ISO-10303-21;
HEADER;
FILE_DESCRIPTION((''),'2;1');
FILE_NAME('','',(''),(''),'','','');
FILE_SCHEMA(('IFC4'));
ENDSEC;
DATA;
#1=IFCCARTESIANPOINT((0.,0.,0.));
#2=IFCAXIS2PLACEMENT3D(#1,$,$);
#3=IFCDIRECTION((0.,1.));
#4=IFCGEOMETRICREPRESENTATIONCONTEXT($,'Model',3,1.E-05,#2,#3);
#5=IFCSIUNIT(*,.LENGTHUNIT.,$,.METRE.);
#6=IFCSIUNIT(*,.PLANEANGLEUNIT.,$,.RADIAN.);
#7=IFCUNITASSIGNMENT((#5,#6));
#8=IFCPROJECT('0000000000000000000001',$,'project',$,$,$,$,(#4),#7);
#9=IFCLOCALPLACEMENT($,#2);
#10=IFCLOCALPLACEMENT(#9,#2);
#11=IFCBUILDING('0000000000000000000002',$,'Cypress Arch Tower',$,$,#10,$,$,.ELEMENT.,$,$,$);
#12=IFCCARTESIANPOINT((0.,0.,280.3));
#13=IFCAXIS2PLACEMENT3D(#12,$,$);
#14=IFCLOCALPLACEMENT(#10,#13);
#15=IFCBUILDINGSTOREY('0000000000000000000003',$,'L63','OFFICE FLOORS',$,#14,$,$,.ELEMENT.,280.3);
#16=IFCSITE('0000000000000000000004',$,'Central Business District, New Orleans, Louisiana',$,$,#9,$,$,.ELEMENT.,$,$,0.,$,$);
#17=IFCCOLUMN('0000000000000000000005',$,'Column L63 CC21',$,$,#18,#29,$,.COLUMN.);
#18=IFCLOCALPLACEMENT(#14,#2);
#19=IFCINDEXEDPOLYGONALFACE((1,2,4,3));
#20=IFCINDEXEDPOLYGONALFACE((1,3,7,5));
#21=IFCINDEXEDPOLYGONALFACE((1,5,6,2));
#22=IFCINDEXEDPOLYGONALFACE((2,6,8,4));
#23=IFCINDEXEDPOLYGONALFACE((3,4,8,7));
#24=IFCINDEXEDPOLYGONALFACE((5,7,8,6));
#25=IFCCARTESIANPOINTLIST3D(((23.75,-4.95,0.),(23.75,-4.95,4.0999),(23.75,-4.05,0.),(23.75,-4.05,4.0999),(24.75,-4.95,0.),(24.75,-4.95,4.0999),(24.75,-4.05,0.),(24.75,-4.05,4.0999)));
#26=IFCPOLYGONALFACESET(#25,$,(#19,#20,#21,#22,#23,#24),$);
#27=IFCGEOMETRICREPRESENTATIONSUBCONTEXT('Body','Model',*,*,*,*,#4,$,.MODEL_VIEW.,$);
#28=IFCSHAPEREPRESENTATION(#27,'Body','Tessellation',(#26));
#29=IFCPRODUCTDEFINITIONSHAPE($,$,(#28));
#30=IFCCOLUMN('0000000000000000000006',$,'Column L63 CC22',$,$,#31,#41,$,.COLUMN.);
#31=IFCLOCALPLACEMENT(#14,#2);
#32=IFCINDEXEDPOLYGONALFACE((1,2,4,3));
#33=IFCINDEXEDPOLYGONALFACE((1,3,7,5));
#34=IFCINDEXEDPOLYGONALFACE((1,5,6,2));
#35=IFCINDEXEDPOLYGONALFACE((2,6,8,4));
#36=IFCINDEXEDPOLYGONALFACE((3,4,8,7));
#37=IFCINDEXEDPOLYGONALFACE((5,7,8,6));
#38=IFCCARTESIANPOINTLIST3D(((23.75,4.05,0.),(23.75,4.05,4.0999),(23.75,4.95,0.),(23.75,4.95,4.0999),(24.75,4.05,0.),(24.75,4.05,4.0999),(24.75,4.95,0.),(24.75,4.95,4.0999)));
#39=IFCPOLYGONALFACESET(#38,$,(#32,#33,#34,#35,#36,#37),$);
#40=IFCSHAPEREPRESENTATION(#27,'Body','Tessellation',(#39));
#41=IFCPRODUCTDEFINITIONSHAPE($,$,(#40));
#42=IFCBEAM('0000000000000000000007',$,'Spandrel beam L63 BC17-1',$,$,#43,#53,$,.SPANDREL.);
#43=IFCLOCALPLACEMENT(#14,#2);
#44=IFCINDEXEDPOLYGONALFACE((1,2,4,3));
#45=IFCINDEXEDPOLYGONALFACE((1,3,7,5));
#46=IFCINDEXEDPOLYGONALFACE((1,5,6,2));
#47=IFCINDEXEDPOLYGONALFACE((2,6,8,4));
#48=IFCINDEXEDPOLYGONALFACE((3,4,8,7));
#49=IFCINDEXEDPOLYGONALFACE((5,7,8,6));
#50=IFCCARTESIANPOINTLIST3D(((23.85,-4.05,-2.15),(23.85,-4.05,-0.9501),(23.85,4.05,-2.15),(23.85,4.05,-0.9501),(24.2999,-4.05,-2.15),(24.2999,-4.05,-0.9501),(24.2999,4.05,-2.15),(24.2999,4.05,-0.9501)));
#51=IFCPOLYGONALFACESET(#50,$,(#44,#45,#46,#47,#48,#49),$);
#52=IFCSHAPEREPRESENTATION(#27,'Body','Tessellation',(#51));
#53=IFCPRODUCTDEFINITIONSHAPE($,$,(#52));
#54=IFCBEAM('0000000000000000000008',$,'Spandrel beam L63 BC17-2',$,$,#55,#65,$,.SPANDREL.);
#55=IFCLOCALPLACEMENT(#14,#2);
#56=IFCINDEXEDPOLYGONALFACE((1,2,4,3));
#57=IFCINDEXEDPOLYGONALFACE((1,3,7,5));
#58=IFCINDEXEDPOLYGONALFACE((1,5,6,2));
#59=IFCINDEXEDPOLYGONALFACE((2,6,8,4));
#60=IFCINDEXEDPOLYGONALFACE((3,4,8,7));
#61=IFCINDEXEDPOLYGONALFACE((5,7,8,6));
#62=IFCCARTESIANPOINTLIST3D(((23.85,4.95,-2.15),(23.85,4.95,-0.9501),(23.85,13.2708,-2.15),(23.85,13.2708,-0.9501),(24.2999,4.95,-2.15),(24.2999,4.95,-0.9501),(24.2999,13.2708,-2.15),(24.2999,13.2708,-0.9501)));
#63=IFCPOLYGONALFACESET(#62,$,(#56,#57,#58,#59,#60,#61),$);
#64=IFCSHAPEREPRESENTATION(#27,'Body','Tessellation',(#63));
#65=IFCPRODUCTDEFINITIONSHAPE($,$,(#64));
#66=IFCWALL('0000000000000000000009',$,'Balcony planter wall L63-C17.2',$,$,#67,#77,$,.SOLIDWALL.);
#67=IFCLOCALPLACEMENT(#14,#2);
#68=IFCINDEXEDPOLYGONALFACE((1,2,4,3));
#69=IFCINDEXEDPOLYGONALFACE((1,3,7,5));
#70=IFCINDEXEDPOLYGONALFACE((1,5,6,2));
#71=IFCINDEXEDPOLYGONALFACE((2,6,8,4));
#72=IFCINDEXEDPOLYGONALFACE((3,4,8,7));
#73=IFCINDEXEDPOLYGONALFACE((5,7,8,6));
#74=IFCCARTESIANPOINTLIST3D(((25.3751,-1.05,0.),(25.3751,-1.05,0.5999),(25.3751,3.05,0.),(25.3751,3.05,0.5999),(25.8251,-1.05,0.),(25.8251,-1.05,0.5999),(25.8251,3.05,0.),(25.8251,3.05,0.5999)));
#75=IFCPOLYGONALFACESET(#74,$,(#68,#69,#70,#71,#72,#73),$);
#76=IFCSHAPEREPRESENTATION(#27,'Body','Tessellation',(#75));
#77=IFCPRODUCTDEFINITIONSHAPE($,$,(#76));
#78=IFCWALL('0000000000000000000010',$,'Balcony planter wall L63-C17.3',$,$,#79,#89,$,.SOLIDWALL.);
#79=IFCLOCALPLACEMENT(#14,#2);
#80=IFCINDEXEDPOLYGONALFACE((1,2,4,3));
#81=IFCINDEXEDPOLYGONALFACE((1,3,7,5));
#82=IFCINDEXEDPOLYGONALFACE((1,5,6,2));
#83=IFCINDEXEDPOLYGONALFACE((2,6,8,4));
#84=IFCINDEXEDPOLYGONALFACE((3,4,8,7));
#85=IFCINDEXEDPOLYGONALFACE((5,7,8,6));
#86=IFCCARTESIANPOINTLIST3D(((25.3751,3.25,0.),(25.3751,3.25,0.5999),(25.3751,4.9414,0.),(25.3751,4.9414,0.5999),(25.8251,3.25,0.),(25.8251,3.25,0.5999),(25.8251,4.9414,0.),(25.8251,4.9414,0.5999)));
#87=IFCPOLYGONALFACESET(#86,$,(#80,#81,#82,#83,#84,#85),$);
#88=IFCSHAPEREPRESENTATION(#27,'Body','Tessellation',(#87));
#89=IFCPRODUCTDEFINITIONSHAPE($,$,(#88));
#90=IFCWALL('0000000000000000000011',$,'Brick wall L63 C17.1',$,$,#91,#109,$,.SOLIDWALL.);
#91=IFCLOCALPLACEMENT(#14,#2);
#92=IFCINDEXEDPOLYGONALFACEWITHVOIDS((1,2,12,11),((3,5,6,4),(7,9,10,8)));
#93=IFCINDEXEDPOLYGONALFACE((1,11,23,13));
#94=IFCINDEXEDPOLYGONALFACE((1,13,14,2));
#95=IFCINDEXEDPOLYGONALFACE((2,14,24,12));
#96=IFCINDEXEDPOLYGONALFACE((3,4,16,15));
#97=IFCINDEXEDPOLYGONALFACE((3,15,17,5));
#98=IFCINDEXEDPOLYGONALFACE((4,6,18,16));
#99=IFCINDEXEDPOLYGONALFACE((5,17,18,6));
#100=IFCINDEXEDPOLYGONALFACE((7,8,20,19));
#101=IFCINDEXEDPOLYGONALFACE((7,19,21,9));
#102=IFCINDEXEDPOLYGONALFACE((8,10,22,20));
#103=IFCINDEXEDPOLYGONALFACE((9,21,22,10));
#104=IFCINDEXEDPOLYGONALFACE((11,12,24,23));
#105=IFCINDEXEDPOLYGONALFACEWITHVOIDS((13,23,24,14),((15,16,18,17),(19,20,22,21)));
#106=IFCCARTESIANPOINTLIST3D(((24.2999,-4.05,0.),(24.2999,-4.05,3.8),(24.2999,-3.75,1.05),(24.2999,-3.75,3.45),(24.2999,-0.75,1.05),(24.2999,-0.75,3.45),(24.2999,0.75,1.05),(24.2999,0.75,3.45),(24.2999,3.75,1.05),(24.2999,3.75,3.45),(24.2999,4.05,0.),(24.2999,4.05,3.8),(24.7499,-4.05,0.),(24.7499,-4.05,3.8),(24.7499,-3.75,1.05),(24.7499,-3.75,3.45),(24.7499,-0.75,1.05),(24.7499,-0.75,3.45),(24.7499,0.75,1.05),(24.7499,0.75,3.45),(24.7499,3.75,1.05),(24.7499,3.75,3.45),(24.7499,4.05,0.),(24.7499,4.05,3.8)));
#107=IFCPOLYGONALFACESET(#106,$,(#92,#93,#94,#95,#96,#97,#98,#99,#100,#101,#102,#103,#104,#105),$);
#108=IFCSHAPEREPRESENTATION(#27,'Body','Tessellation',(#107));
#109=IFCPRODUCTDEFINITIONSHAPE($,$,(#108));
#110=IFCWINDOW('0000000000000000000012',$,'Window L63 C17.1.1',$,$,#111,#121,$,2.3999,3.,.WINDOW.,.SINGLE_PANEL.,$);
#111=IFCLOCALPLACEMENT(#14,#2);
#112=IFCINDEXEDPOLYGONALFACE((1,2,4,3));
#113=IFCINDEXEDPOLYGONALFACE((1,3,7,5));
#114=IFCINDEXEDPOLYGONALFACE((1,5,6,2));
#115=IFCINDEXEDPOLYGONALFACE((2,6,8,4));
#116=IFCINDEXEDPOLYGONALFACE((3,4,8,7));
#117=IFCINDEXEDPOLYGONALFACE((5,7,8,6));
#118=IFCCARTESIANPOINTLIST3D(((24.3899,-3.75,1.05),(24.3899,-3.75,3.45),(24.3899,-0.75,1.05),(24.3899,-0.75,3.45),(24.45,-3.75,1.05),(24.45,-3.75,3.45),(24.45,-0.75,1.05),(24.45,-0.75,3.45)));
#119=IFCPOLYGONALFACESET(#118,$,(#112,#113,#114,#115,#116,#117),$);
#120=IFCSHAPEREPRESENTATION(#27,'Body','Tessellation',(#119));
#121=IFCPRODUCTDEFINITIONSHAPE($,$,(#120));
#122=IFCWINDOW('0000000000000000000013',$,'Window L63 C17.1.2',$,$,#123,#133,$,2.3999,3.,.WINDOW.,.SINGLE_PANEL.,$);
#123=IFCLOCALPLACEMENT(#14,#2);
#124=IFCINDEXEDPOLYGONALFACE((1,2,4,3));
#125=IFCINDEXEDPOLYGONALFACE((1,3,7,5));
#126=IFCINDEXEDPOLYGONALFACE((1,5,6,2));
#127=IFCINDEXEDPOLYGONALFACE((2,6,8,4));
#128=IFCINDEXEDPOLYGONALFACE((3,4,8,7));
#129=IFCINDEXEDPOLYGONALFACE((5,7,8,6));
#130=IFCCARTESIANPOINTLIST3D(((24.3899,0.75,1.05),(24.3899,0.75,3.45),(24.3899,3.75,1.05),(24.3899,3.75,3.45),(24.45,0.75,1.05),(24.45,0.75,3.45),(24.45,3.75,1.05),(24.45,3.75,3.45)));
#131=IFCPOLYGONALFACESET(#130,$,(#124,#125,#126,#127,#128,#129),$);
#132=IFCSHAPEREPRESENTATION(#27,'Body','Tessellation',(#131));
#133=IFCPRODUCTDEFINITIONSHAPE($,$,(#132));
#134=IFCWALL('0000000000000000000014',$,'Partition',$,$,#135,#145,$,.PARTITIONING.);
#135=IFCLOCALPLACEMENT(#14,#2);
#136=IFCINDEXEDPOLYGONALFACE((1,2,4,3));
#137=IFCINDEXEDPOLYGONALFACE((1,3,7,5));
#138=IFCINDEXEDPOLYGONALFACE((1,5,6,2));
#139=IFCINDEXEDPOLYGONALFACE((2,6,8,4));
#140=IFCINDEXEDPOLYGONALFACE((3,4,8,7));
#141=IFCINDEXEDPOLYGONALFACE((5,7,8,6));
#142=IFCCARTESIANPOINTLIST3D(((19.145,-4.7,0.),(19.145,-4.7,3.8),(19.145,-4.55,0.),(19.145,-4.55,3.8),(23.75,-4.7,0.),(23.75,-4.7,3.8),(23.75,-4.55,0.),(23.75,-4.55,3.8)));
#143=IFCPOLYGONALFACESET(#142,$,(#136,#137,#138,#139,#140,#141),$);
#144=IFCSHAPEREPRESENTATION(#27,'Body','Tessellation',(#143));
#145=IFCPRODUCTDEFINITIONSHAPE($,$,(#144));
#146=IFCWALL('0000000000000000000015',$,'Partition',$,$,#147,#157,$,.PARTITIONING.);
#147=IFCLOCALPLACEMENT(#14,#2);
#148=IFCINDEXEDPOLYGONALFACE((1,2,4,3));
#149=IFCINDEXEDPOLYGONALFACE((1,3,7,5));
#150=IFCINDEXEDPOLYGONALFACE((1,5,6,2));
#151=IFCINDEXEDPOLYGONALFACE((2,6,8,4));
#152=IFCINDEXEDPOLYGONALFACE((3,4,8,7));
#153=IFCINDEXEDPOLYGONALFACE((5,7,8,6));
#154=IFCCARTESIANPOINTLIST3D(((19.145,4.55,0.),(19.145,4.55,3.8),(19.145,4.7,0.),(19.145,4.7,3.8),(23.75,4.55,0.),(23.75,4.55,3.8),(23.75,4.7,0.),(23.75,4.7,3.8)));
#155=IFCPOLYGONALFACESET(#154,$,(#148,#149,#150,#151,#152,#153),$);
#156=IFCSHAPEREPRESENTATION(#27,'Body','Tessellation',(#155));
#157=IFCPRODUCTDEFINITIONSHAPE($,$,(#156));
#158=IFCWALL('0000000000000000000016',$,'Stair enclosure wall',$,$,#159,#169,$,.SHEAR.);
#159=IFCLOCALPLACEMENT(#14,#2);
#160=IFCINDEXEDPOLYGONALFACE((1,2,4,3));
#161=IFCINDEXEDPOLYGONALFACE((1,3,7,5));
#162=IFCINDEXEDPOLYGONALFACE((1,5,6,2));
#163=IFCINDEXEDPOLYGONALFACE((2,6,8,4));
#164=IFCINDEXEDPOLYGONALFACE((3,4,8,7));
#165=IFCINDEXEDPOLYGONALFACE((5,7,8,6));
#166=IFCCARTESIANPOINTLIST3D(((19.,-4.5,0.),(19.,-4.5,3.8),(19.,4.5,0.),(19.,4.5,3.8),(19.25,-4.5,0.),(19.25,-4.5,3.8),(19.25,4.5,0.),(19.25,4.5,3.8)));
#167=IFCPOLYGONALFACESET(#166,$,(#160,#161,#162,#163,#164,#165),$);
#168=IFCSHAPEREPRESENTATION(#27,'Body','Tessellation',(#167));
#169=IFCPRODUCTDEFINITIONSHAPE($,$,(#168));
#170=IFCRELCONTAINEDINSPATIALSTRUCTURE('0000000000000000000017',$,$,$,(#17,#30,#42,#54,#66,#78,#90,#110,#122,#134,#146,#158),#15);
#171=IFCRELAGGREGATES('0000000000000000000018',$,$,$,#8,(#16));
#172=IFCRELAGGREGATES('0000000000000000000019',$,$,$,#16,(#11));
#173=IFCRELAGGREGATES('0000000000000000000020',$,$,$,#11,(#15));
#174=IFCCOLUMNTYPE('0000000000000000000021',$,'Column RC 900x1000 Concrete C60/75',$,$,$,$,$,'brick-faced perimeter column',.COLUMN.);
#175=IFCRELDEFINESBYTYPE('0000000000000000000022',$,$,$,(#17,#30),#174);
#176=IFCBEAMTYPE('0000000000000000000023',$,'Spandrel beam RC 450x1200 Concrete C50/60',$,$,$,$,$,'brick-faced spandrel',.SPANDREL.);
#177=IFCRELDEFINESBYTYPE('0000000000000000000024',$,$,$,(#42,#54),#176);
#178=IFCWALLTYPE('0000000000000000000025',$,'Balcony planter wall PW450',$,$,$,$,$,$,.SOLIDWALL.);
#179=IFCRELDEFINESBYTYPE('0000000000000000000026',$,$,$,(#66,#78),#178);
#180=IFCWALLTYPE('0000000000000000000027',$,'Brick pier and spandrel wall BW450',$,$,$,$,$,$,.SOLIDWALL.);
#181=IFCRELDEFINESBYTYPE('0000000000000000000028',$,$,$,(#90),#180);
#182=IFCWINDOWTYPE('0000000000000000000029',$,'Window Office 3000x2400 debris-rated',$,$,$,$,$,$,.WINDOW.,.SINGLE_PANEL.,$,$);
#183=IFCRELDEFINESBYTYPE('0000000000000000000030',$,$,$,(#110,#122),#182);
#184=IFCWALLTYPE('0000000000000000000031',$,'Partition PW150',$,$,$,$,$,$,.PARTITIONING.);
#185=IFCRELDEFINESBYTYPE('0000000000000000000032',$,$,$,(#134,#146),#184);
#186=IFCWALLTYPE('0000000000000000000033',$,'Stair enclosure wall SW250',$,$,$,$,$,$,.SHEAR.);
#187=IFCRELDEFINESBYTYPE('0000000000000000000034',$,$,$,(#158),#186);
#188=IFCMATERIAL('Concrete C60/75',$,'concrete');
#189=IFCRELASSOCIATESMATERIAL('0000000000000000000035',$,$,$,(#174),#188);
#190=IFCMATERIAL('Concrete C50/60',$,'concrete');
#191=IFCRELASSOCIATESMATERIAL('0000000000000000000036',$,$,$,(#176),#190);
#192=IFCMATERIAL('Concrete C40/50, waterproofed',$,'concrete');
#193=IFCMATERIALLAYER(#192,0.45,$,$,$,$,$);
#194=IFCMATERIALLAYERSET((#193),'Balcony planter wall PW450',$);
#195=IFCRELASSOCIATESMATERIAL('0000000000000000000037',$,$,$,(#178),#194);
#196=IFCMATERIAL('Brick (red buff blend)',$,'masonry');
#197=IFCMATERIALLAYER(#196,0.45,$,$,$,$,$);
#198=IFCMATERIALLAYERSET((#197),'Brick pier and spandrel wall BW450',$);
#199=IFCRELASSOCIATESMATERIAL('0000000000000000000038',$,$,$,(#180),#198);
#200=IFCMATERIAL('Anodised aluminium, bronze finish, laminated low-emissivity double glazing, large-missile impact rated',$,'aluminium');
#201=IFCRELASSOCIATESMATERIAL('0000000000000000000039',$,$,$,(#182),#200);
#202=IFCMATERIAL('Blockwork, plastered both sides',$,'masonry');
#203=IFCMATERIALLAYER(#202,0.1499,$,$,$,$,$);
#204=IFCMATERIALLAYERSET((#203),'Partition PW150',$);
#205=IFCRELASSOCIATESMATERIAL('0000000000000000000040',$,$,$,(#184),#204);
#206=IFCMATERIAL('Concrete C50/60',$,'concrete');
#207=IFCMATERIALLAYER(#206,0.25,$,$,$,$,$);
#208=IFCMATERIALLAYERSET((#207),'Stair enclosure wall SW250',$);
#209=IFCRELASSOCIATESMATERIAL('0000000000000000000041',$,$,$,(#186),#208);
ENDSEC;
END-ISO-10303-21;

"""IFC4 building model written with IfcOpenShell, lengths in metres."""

from ifc_helpers import new_model, si_unit, direction, frame, frame_2d, origin, origin_2d, place, context, subcontext, project, spatial, rectangle, extrude, material, layer, layer_set, material_profile, profile_set, type_object, element, fill, save


model = new_model("IFC4")

# Units and contexts
model_context = context("Model", 3, precision=1e-05, world=origin(), true_north=direction((0.0, 1.0)))
body_context = subcontext(model_context, "Body", "Model", "MODEL_VIEW")
ifc_project = project(units=[si_unit("LENGTHUNIT", "METRE"), si_unit("PLANEANGLEUNIT", "RADIAN")], contexts=[model_context])

# Site, building, storey
site_placement = place(None, origin())
site = spatial("IfcSite", under=ifc_project, at=site_placement, Name="Central Business District, New Orleans, Louisiana", CompositionType="ELEMENT", RefElevation=0.0)
building_placement = place(site_placement, origin())
building = spatial("IfcBuilding", under=site, at=building_placement, Name="Cypress Arch Tower", CompositionType="ELEMENT")
storey_placement = place(building_placement, frame((0.0, 0.0, 280.3)))
storey = spatial("IfcBuildingStorey", under=building, at=storey_placement, Name="L63", Description="OFFICE FLOORS", CompositionType="ELEMENT", Elevation=280.3)

# Columns
ifc_material_1 = material(Name="Concrete C60/75", Category="concrete")
ifc_material_profile_1 = material_profile(ifc_material_1, rectangle(XDim=0.8999, YDim=1.0, at=origin_2d()), Name="RC 900x1000")
ifc_profile_set_1 = profile_set([ifc_material_profile_1], Name="Concrete C60/75")
column_type = type_object("IfcColumnType", Name="Column RC 900x1000 Concrete C60/75", ElementType="brick-faced perimeter column", PredefinedType="COLUMN", material=ifc_profile_set_1)
for number, where, z_axis, x_axis, name in (
    (1, (24.25, -4.5, 0.0), (0.0, 0.0, 1.0), (0.0, 1.0, 0.0), "Column L63 CC21"),
    (2, (24.25, 4.5, 0.0), (0.0, 0.0, 1.0), (0.0, 1.0, 0.0), "Column L63 CC22"),
):
    element("IfcColumn", number, at=place(storey_placement, frame(where, z_axis=z_axis, x_axis=x_axis)), inside=storey, type_object=column_type, Name=name, PredefinedType="COLUMN", context=body_context, shape_type="SweptSolid", body=[
        extrude(rectangle(XDim=0.8999, YDim=1.0, at=origin_2d()), origin(), (0.0, 0.0, 1.0), 4.0999),
    ])

# Beams
ifc_material_2 = material(Name="Concrete C50/60", Category="concrete")
ifc_material_profile_2 = material_profile(ifc_material_2, rectangle(XDim=0.45, YDim=1.2, at=origin_2d()), Name="RC 450x1200")
ifc_profile_set_2 = profile_set([ifc_material_profile_2], Name="Concrete C50/60")
beam_type = type_object("IfcBeamType", Name="Spandrel beam RC 450x1200 Concrete C50/60", ElementType="brick-faced spandrel", PredefinedType="SPANDREL", material=ifc_profile_set_2)
beam_1_placement = place(storey_placement, frame((24.075, -4.05, -1.55), z_axis=(0.0, 1.0, 0.0), x_axis=(-1.0, 0.0, 0.0)))
element("IfcBeam", 3, at=beam_1_placement, inside=storey, type_object=beam_type, Name="Spandrel beam L63 BC17-1", PredefinedType="SPANDREL", context=body_context, shape_type="SweptSolid", body=[
    extrude(rectangle(XDim=0.45, YDim=1.2, at=origin_2d()), origin(), (0.0, 0.0, 1.0), 8.1001),
])
beam_2_placement = place(storey_placement, frame((24.075, 4.95, -1.55), z_axis=(0.0, 1.0, 0.0), x_axis=(-1.0, 0.0, 0.0)))
element("IfcBeam", 4, at=beam_2_placement, inside=storey, type_object=beam_type, Name="Spandrel beam L63 BC17-2", PredefinedType="SPANDREL", context=body_context, shape_type="SweptSolid", body=[
    extrude(rectangle(XDim=0.45, YDim=1.2, at=origin_2d()), origin(), (0.0, 0.0, 1.0), 8.3208),
])

# Walls
ifc_material_3 = material(Name="Concrete C40/50, waterproofed", Category="concrete")
ifc_layer_1 = layer(ifc_material_3, 0.45)
ifc_layer_set_1 = layer_set([ifc_layer_1], Name="Balcony planter wall PW450")
wall_type_1 = type_object("IfcWallType", Name="Balcony planter wall PW450", PredefinedType="SOLIDWALL", material=ifc_layer_set_1)
wall_1_placement = place(storey_placement, frame((25.6001, -1.05, 0.0), z_axis=(0.0, 0.0, 1.0), x_axis=(0.0, 1.0, 0.0)))
element("IfcWall", 5, at=wall_1_placement, inside=storey, type_object=wall_type_1, Name="Balcony planter wall L63-C17.2", PredefinedType="SOLIDWALL", context=body_context, shape_type="SweptSolid", body=[
    extrude(rectangle(XDim=4.1001, YDim=0.45, at=frame_2d((2.05, 0.0))), origin(), (0.0, 0.0, 1.0), 0.5999),
])
wall_2_placement = place(storey_placement, frame((25.6001, 3.25, 0.0), z_axis=(0.0, 0.0, 1.0), x_axis=(0.0, 1.0, 0.0)))
element("IfcWall", 6, at=wall_2_placement, inside=storey, type_object=wall_type_1, Name="Balcony planter wall L63-C17.3", PredefinedType="SOLIDWALL", context=body_context, shape_type="SweptSolid", body=[
    extrude(rectangle(XDim=1.6914, YDim=0.45, at=frame_2d((0.8457, 0.0))), origin(), (0.0, 0.0, 1.0), 0.5999),
])

# Wall, openings, windows
ifc_material_4 = material(Name="Brick (red buff blend)", Category="masonry")
ifc_layer_2 = layer(ifc_material_4, 0.45)
ifc_layer_set_2 = layer_set([ifc_layer_2], Name="Brick pier and spandrel wall BW450")
wall_type_2 = type_object("IfcWallType", Name="Brick pier and spandrel wall BW450", PredefinedType="SOLIDWALL", material=ifc_layer_set_2)
wall_3_placement = place(storey_placement, frame((24.5249, -4.05, 0.0), z_axis=(0.0, 0.0, 1.0), x_axis=(0.0, 1.0, 0.0)))
wall_3 = element("IfcWall", 7, at=wall_3_placement, inside=storey, type_object=wall_type_2, Name="Brick wall L63 C17.1", PredefinedType="SOLIDWALL", context=body_context, shape_type="SweptSolid", body=[
    extrude(rectangle(XDim=8.1001, YDim=0.45, at=frame_2d((4.05, 0.0))), origin(), (0.0, 0.0, 1.0), 3.8),
])
opening_1_placement = place(wall_3_placement, frame((0.3, 0.0, 1.05)))
opening_1 = element("IfcOpeningElement", 8, at=opening_1_placement, cuts=wall_3, PredefinedType="OPENING", context=body_context, shape_type="SweptSolid", body=[
    extrude(rectangle(XDim=3.0, YDim=2.3999, at=frame_2d((1.5, 1.2))), frame((0.0, 0.2349, 0.0), z_axis=(0.0, -1.0, 0.0), x_axis=(1.0, 0.0, 0.0)), (0.0, 0.0, 1.0), 0.47),
])
opening_2_placement = place(wall_3_placement, frame((4.8, 0.0, 1.05)))
opening_2 = element("IfcOpeningElement", 9, at=opening_2_placement, cuts=wall_3, PredefinedType="OPENING", context=body_context, shape_type="SweptSolid", body=[
    extrude(rectangle(XDim=3.0, YDim=2.3999, at=frame_2d((1.5, 1.2))), frame((0.0, 0.2349, 0.0), z_axis=(0.0, -1.0, 0.0), x_axis=(1.0, 0.0, 0.0)), (0.0, 0.0, 1.0), 0.47),
])
ifc_material_5 = material(Name="Anodised aluminium, bronze finish, laminated low-emissivity double glazing, large-missile impact rated", Category="aluminium")
window_type = type_object("IfcWindowType", Name="Window Office 3000x2400 debris-rated", PartitioningType="SINGLE_PANEL", PredefinedType="WINDOW", material=ifc_material_5)
window_1_placement = place(opening_1_placement, origin())
window_1 = element("IfcWindow", 10, at=window_1_placement, inside=storey, type_object=window_type, Name="Window L63 C17.1.1", OverallHeight=2.3999, OverallWidth=3.0, PartitioningType="SINGLE_PANEL", PredefinedType="WINDOW", context=body_context, shape_type="SweptSolid", body=[
    extrude(rectangle(XDim=3.0, YDim=2.3999, at=frame_2d((1.5, 1.2))), frame((0.0, 0.135, 0.0), z_axis=(0.0, -1.0, 0.0), x_axis=(1.0, 0.0, 0.0)), (0.0, 0.0, 1.0), 0.0601),
])
fill(opening_1, window_1)
window_2_placement = place(opening_2_placement, origin())
window_2 = element("IfcWindow", 11, at=window_2_placement, inside=storey, type_object=window_type, Name="Window L63 C17.1.2", OverallHeight=2.3999, OverallWidth=3.0, PartitioningType="SINGLE_PANEL", PredefinedType="WINDOW", context=body_context, shape_type="SweptSolid", body=[
    extrude(rectangle(XDim=3.0, YDim=2.3999, at=frame_2d((1.5, 1.2))), frame((0.0, 0.135, 0.0), z_axis=(0.0, -1.0, 0.0), x_axis=(1.0, 0.0, 0.0)), (0.0, 0.0, 1.0), 0.0601),
])
fill(opening_2, window_2)

# Walls
ifc_material_6 = material(Name="Blockwork, plastered both sides", Category="masonry")
ifc_layer_3 = layer(ifc_material_6, 0.1499)
ifc_layer_set_3 = layer_set([ifc_layer_3], Name="Partition PW150")
wall_type_3 = type_object("IfcWallType", Name="Partition PW150", PredefinedType="PARTITIONING", material=ifc_layer_set_3)
for number, where, z_axis, x_axis, name in (
    (12, (19.145, -4.625, 0.0), (0.0, 0.0, 1.0), (1.0, 0.0, 0.0), "Partition"),
    (13, (19.145, 4.625, 0.0), (0.0, 0.0, 1.0), (1.0, 0.0, 0.0), "Partition"),
):
    element("IfcWall", number, at=place(storey_placement, frame(where, z_axis=z_axis, x_axis=x_axis)), inside=storey, type_object=wall_type_3, Name=name, PredefinedType="PARTITIONING", context=body_context, shape_type="SweptSolid", body=[
        extrude(rectangle(XDim=4.605, YDim=0.1499, at=frame_2d((2.3025, 0.0))), origin(), (0.0, 0.0, 1.0), 3.8),
    ])
ifc_material_7 = material(Name="Concrete C50/60", Category="concrete")
ifc_layer_4 = layer(ifc_material_7, 0.25)
ifc_layer_set_4 = layer_set([ifc_layer_4], Name="Stair enclosure wall SW250")
wall_type_4 = type_object("IfcWallType", Name="Stair enclosure wall SW250", PredefinedType="SHEAR", material=ifc_layer_set_4)
wall_4_placement = place(storey_placement, frame((19.125, -4.5, 0.0), z_axis=(0.0, 0.0, 1.0), x_axis=(0.0, 1.0, 0.0)))
element("IfcWall", 14, at=wall_4_placement, inside=storey, type_object=wall_type_4, Name="Stair enclosure wall", PredefinedType="SHEAR", context=body_context, shape_type="SweptSolid", body=[
    extrude(rectangle(XDim=9.0, YDim=0.25, at=frame_2d((4.5, 0.0))), origin(), (0.0, 0.0, 1.0), 3.8),
])

save(model, "model.ifc")
